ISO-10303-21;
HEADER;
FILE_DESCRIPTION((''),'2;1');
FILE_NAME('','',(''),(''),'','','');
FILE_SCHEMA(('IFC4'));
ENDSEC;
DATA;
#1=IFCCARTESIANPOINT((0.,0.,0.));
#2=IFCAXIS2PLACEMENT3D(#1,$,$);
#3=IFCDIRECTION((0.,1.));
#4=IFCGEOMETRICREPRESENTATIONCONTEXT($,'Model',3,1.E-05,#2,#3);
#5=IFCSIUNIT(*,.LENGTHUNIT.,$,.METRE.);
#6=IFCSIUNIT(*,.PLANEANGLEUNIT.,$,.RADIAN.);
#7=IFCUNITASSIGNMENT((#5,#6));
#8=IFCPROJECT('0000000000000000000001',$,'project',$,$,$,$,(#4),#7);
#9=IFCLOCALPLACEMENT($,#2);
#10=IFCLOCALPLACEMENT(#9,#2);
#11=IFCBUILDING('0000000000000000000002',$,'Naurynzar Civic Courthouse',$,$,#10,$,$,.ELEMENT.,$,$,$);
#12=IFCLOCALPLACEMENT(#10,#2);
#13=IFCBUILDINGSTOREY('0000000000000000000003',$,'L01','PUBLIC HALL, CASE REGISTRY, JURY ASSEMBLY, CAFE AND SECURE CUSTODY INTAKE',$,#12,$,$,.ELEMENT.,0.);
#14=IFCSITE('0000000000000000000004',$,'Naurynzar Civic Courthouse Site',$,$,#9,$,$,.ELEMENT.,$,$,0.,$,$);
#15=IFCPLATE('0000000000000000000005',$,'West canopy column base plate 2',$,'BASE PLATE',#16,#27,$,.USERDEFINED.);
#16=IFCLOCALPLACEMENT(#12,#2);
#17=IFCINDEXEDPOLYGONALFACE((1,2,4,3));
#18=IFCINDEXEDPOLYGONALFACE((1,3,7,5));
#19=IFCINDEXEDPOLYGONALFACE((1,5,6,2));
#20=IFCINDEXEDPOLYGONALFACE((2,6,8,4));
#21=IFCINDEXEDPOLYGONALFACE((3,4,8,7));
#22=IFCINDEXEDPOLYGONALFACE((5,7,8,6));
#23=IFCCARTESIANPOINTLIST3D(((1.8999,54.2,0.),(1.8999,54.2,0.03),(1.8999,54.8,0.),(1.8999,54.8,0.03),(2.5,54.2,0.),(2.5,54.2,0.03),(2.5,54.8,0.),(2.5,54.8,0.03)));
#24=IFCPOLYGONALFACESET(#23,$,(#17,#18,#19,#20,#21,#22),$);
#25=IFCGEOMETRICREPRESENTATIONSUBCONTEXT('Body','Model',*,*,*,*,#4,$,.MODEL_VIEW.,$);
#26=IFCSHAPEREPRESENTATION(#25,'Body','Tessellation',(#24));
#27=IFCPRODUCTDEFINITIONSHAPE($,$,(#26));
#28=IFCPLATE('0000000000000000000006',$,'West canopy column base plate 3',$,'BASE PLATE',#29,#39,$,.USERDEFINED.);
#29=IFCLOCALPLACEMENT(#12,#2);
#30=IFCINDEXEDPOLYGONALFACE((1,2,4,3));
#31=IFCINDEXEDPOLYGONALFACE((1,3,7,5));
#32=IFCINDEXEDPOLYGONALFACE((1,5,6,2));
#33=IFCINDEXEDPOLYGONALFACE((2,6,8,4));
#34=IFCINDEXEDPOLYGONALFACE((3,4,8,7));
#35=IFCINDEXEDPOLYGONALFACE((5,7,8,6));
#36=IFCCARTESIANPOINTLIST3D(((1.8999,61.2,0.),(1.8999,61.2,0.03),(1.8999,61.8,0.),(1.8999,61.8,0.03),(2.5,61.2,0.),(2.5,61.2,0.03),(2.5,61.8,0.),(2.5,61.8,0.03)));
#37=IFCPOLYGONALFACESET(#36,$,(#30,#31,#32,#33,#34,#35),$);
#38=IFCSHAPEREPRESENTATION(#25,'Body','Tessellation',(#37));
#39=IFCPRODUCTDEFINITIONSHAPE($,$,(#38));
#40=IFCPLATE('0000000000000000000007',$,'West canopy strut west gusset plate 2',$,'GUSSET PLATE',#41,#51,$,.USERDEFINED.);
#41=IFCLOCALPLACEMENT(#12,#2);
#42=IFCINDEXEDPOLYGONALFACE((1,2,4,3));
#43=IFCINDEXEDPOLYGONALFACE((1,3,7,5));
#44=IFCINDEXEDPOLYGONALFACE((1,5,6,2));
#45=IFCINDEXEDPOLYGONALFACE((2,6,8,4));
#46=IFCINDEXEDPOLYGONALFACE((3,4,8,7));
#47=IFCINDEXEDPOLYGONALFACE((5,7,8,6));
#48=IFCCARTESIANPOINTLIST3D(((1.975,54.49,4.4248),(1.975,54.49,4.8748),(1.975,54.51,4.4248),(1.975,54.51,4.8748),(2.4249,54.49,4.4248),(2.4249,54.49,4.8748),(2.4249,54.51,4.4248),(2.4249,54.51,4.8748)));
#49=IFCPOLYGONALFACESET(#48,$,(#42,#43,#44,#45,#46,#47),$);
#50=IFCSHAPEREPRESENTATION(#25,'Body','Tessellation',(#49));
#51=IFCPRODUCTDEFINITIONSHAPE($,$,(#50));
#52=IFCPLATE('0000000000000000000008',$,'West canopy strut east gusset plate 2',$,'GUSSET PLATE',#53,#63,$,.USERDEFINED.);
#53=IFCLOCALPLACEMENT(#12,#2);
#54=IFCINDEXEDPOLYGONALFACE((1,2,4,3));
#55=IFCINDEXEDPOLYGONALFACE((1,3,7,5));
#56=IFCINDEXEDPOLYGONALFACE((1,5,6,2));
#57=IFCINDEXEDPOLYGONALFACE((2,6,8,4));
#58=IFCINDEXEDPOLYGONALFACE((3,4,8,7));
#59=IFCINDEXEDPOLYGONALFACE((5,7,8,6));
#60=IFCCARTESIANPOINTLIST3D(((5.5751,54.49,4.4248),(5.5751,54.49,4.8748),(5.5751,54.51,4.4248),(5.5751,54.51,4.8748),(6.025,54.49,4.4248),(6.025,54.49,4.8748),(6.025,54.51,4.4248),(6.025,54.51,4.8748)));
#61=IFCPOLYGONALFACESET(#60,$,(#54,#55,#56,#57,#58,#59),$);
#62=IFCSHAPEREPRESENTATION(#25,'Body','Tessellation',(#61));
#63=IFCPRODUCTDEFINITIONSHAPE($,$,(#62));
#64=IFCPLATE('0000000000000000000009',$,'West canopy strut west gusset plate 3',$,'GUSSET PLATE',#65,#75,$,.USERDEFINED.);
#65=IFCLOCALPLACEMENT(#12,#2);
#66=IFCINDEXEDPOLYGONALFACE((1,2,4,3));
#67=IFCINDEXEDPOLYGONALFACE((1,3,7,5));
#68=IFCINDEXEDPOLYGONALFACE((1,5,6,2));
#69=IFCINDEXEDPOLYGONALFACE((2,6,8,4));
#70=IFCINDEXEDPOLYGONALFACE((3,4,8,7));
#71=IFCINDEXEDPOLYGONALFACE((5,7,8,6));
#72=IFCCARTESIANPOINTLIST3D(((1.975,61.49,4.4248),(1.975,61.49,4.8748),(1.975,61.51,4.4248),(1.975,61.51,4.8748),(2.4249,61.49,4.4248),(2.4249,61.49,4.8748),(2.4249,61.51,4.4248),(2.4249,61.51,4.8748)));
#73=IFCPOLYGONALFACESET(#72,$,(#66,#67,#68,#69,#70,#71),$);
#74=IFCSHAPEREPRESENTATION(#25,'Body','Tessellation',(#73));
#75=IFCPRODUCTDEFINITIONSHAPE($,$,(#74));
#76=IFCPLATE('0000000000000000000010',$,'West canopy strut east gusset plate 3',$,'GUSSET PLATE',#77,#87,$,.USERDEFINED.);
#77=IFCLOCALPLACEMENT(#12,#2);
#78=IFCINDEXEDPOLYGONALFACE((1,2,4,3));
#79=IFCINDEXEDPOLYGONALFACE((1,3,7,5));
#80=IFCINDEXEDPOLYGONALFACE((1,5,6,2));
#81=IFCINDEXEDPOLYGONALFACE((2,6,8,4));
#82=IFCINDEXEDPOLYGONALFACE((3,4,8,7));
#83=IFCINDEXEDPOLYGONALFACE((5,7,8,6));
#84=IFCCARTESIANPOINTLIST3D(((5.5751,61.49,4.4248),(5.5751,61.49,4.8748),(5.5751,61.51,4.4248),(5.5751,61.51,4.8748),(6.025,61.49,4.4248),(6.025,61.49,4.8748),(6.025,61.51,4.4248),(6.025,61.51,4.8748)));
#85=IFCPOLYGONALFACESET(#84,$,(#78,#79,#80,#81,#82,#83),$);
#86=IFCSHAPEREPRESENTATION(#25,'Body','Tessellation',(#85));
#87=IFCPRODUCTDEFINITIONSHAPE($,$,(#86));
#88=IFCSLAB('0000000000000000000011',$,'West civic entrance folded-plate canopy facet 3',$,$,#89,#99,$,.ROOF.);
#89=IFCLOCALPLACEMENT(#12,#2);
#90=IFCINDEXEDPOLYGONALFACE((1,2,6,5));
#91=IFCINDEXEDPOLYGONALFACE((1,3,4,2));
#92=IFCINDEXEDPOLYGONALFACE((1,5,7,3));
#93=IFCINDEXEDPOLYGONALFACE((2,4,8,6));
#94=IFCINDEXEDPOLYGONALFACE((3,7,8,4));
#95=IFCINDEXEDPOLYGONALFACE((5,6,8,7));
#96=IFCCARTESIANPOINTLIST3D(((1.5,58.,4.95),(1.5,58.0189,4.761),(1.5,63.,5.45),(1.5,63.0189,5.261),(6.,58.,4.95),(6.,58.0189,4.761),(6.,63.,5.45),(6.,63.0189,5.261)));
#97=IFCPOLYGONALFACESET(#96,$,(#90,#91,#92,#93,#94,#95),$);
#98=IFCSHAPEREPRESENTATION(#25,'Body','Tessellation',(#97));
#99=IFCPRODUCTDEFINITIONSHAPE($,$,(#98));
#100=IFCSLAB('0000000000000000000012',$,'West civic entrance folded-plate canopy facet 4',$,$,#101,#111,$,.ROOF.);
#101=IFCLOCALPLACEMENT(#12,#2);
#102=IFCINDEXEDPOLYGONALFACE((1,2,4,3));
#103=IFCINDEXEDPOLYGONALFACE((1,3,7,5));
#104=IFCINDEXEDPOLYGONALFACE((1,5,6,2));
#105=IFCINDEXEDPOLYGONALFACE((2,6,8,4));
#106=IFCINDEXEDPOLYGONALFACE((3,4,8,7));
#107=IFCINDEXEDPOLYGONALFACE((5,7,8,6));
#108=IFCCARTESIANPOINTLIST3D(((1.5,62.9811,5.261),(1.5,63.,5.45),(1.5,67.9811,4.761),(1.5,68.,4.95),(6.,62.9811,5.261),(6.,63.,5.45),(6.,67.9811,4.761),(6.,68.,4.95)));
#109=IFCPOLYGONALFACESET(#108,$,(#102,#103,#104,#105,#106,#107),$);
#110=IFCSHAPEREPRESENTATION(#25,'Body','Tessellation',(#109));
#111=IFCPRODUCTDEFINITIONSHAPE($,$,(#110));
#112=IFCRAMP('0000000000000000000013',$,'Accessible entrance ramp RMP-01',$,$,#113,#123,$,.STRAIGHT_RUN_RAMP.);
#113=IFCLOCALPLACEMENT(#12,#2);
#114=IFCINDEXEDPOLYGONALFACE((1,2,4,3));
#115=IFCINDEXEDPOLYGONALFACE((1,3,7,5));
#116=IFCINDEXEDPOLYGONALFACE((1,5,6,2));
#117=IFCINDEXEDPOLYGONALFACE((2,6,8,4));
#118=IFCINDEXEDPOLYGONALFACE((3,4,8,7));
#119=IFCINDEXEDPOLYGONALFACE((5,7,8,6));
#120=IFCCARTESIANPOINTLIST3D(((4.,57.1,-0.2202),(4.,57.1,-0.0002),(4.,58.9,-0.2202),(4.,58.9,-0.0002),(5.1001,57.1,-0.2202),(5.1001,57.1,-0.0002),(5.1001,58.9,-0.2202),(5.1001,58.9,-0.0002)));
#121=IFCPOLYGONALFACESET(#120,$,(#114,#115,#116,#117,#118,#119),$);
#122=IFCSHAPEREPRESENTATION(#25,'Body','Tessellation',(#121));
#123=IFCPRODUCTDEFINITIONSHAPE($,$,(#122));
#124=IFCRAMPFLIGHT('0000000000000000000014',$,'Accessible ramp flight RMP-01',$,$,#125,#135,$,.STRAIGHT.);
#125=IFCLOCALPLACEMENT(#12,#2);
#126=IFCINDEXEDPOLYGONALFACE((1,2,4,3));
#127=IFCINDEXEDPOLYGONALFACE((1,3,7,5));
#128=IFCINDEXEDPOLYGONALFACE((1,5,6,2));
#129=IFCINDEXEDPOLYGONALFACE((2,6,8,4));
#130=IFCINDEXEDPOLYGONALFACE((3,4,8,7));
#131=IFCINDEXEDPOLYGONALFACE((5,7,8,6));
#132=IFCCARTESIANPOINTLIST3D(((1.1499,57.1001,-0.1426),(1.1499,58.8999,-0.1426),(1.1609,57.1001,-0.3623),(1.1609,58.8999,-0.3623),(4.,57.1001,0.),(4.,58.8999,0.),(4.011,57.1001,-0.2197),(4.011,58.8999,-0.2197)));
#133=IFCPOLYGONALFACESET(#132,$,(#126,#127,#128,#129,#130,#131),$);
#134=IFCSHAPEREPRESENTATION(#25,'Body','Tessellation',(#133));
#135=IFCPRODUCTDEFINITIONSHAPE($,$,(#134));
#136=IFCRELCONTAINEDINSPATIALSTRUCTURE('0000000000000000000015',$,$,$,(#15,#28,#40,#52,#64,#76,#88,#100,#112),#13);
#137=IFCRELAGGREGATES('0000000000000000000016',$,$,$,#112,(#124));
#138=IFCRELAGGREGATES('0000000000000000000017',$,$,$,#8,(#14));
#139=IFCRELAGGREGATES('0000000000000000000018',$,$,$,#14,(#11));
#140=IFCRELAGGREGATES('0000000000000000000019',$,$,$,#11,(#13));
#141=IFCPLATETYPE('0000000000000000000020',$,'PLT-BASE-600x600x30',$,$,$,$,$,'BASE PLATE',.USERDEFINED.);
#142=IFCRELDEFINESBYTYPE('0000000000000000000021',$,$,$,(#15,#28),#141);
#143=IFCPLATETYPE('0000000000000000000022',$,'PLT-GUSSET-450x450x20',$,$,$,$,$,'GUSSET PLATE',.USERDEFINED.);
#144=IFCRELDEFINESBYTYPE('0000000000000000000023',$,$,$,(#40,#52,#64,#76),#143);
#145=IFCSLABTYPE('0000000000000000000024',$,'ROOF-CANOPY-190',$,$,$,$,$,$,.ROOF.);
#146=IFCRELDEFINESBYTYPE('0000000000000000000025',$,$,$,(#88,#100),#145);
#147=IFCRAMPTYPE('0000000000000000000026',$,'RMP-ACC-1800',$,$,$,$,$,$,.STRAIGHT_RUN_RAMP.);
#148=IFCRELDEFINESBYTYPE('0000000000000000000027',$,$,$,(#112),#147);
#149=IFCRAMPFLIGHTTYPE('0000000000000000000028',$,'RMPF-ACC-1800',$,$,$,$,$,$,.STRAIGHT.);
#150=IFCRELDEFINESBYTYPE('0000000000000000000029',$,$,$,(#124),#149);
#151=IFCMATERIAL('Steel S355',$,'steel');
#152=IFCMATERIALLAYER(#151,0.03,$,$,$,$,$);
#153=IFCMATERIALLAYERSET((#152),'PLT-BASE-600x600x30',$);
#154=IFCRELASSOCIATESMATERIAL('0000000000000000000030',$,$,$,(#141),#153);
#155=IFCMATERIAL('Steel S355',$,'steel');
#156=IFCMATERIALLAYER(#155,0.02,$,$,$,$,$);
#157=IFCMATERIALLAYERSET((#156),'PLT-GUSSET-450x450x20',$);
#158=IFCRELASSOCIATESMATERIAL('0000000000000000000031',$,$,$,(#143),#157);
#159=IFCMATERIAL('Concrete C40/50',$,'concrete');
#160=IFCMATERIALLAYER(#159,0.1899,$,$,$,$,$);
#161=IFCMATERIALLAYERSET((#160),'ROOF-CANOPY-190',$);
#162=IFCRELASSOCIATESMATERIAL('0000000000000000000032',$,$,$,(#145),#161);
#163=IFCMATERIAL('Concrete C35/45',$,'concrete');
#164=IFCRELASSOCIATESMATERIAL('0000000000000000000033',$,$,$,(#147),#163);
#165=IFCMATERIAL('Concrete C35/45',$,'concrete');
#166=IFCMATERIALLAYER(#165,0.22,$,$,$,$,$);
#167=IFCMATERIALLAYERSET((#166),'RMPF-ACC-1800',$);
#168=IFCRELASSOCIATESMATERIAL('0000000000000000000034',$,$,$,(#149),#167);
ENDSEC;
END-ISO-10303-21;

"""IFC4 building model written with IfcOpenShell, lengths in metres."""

from ifc_helpers import new_model, si_unit, direction, frame, origin, origin_2d, place, context, subcontext, project, spatial, polyline, rectangle, outline, extrude, material, layer, layer_set, type_object, element, aggregate, save


model = new_model("IFC4")

# Units and contexts
model_context = context("Model", 3, precision=1e-05, world=origin(), true_north=direction((0.0, 1.0)))
body_context = subcontext(model_context, "Body", "Model", "MODEL_VIEW")
ifc_project = project(units=[si_unit("LENGTHUNIT", "METRE"), si_unit("PLANEANGLEUNIT", "RADIAN")], contexts=[model_context])

# Site, building, storey
site_placement = place(None, origin())
site = spatial("IfcSite", under=ifc_project, at=site_placement, Name="Naurynzar Civic Courthouse Site", CompositionType="ELEMENT", RefElevation=0.0)
building_placement = place(site_placement, origin())
building = spatial("IfcBuilding", under=site, at=building_placement, Name="Naurynzar Civic Courthouse", CompositionType="ELEMENT")
storey_placement = place(building_placement, origin())
storey = spatial("IfcBuildingStorey", under=building, at=storey_placement, Name="L01", Description="PUBLIC HALL, CASE REGISTRY, JURY ASSEMBLY, CAFE AND SECURE CUSTODY INTAKE", CompositionType="ELEMENT", Elevation=0.0)

# Plates
ifc_material_1 = material(Name="Steel S355", Category="steel")
ifc_layer_1 = layer(ifc_material_1, 0.03)
ifc_layer_set_1 = layer_set([ifc_layer_1], Name="PLT-BASE-600x600x30")
plate_type_1 = type_object("IfcPlateType", Name="PLT-BASE-600x600x30", ElementType="BASE PLATE", PredefinedType="USERDEFINED", material=ifc_layer_set_1)
for number, where, z_axis, x_axis, name in (
    (1, (2.2, 54.5, 0.0), (0.0, 0.0, 1.0), (1.0, 0.0, 0.0), "West canopy column base plate 2"),
    (2, (2.2, 61.5, 0.0), (0.0, 0.0, 1.0), (1.0, 0.0, 0.0), "West canopy column base plate 3"),
):
    element("IfcPlate", number, at=place(storey_placement, frame(where, z_axis=z_axis, x_axis=x_axis)), inside=storey, type_object=plate_type_1, Name=name, ObjectType="BASE PLATE", PredefinedType="USERDEFINED", context=body_context, shape_type="SweptSolid", body=[
        extrude(rectangle(XDim=0.6001, YDim=0.6001, at=origin_2d()), origin(), (0.0, 0.0, 1.0), 0.03),
    ])
ifc_material_2 = material(Name="Steel S355", Category="steel")
ifc_layer_2 = layer(ifc_material_2, 0.02)
ifc_layer_set_2 = layer_set([ifc_layer_2], Name="PLT-GUSSET-450x450x20")
plate_type_2 = type_object("IfcPlateType", Name="PLT-GUSSET-450x450x20", ElementType="GUSSET PLATE", PredefinedType="USERDEFINED", material=ifc_layer_set_2)
for number, where, z_axis, x_axis, name in (
    (3, (2.2, 54.5, 4.4248), (0.0, 0.0, 1.0), (1.0, 0.0, 0.0), "West canopy strut west gusset plate 2"),
    (4, (5.8, 54.5, 4.4248), (0.0, 0.0, 1.0), (1.0, 0.0, 0.0), "West canopy strut east gusset plate 2"),
    (5, (2.2, 61.5, 4.4248), (0.0, 0.0, 1.0), (1.0, 0.0, 0.0), "West canopy strut west gusset plate 3"),
    (6, (5.8, 61.5, 4.4248), (0.0, 0.0, 1.0), (1.0, 0.0, 0.0), "West canopy strut east gusset plate 3"),
):
    element("IfcPlate", number, at=place(storey_placement, frame(where, z_axis=z_axis, x_axis=x_axis)), inside=storey, type_object=plate_type_2, Name=name, ObjectType="GUSSET PLATE", PredefinedType="USERDEFINED", context=body_context, shape_type="SweptSolid", body=[
        extrude(rectangle(XDim=0.45, YDim=0.02, at=origin_2d()), origin(), (0.0, 0.0, 1.0), 0.45),
    ])

# Slabs
ifc_material_3 = material(Name="Concrete C40/50", Category="concrete")
ifc_layer_3 = layer(ifc_material_3, 0.1899)
ifc_layer_set_3 = layer_set([ifc_layer_3], Name="ROOF-CANOPY-190")
slab_type = type_object("IfcSlabType", Name="ROOF-CANOPY-190", PredefinedType="ROOF", material=ifc_layer_set_3)
for number, where, z_axis, x_axis, name in (
    (7, (1.5, 58.0, 4.95), (0.0, -0.099504, 0.995037), (1.0, 0.0, 0.0), "West civic entrance folded-plate canopy facet 3"),
    (8, (1.5, 63.0, 5.45), (0.0, 0.099504, 0.995037), (1.0, 0.0, 0.0), "West civic entrance folded-plate canopy facet 4"),
):
    element("IfcSlab", number, at=place(storey_placement, frame(where, z_axis=z_axis, x_axis=x_axis)), inside=storey, type_object=slab_type, Name=name, PredefinedType="ROOF", context=body_context, shape_type="SweptSolid", body=[
        extrude(outline(polyline([(0.0, 0.0), (4.5, 0.0), (4.5, 5.0249), (0.0, 5.0249), (0.0, 0.0)])), origin(), (0.0, 0.0, -1.0), 0.1899),
    ])

# Ramp, ramp flight
ifc_material_4 = material(Name="Concrete C35/45", Category="concrete")
ramp_type = type_object("IfcRampType", Name="RMP-ACC-1800", PredefinedType="STRAIGHT_RUN_RAMP", material=ifc_material_4)
ramp_placement = place(storey_placement, frame((4.55, 58.0, -0.2202), z_axis=(0.0, 0.0, 1.0), x_axis=(1.0, 0.0, 0.0)))
ramp = element("IfcRamp", 9, at=ramp_placement, inside=storey, type_object=ramp_type, Name="Accessible entrance ramp RMP-01", PredefinedType="STRAIGHT_RUN_RAMP", context=body_context, shape_type="SweptSolid", body=[
    extrude(rectangle(XDim=1.1001, YDim=1.8, at=origin_2d()), origin(), (0.0, 0.0, 1.0), 0.22),
])
ifc_material_5 = material(Name="Concrete C35/45", Category="concrete")
ifc_layer_4 = layer(ifc_material_5, 0.22)
ifc_layer_set_4 = layer_set([ifc_layer_4], Name="RMPF-ACC-1800")
ramp_flight_type = type_object("IfcRampFlightType", Name="RMPF-ACC-1800", PredefinedType="STRAIGHT", material=ifc_layer_set_4)
ramp_flight_placement = place(storey_placement, frame((1.1499, 57.1001, -0.1426), z_axis=(-0.049963, 0.0, 0.998751), x_axis=(0.998751, 0.0, 0.049963)))
ramp_flight = element("IfcRampFlight", 10, at=ramp_flight_placement, type_object=ramp_flight_type, Name="Accessible ramp flight RMP-01", PredefinedType="STRAIGHT", context=body_context, shape_type="SweptSolid", body=[
    extrude(outline(polyline([(0.0, 0.0), (2.8537, 0.0), (2.8537, 1.7998), (0.0, 1.7998), (0.0, 0.0)])), origin(), (0.0, 0.0, -1.0), 0.22),
])
aggregate(ramp, [ramp_flight])

save(model, "model.ifc")
